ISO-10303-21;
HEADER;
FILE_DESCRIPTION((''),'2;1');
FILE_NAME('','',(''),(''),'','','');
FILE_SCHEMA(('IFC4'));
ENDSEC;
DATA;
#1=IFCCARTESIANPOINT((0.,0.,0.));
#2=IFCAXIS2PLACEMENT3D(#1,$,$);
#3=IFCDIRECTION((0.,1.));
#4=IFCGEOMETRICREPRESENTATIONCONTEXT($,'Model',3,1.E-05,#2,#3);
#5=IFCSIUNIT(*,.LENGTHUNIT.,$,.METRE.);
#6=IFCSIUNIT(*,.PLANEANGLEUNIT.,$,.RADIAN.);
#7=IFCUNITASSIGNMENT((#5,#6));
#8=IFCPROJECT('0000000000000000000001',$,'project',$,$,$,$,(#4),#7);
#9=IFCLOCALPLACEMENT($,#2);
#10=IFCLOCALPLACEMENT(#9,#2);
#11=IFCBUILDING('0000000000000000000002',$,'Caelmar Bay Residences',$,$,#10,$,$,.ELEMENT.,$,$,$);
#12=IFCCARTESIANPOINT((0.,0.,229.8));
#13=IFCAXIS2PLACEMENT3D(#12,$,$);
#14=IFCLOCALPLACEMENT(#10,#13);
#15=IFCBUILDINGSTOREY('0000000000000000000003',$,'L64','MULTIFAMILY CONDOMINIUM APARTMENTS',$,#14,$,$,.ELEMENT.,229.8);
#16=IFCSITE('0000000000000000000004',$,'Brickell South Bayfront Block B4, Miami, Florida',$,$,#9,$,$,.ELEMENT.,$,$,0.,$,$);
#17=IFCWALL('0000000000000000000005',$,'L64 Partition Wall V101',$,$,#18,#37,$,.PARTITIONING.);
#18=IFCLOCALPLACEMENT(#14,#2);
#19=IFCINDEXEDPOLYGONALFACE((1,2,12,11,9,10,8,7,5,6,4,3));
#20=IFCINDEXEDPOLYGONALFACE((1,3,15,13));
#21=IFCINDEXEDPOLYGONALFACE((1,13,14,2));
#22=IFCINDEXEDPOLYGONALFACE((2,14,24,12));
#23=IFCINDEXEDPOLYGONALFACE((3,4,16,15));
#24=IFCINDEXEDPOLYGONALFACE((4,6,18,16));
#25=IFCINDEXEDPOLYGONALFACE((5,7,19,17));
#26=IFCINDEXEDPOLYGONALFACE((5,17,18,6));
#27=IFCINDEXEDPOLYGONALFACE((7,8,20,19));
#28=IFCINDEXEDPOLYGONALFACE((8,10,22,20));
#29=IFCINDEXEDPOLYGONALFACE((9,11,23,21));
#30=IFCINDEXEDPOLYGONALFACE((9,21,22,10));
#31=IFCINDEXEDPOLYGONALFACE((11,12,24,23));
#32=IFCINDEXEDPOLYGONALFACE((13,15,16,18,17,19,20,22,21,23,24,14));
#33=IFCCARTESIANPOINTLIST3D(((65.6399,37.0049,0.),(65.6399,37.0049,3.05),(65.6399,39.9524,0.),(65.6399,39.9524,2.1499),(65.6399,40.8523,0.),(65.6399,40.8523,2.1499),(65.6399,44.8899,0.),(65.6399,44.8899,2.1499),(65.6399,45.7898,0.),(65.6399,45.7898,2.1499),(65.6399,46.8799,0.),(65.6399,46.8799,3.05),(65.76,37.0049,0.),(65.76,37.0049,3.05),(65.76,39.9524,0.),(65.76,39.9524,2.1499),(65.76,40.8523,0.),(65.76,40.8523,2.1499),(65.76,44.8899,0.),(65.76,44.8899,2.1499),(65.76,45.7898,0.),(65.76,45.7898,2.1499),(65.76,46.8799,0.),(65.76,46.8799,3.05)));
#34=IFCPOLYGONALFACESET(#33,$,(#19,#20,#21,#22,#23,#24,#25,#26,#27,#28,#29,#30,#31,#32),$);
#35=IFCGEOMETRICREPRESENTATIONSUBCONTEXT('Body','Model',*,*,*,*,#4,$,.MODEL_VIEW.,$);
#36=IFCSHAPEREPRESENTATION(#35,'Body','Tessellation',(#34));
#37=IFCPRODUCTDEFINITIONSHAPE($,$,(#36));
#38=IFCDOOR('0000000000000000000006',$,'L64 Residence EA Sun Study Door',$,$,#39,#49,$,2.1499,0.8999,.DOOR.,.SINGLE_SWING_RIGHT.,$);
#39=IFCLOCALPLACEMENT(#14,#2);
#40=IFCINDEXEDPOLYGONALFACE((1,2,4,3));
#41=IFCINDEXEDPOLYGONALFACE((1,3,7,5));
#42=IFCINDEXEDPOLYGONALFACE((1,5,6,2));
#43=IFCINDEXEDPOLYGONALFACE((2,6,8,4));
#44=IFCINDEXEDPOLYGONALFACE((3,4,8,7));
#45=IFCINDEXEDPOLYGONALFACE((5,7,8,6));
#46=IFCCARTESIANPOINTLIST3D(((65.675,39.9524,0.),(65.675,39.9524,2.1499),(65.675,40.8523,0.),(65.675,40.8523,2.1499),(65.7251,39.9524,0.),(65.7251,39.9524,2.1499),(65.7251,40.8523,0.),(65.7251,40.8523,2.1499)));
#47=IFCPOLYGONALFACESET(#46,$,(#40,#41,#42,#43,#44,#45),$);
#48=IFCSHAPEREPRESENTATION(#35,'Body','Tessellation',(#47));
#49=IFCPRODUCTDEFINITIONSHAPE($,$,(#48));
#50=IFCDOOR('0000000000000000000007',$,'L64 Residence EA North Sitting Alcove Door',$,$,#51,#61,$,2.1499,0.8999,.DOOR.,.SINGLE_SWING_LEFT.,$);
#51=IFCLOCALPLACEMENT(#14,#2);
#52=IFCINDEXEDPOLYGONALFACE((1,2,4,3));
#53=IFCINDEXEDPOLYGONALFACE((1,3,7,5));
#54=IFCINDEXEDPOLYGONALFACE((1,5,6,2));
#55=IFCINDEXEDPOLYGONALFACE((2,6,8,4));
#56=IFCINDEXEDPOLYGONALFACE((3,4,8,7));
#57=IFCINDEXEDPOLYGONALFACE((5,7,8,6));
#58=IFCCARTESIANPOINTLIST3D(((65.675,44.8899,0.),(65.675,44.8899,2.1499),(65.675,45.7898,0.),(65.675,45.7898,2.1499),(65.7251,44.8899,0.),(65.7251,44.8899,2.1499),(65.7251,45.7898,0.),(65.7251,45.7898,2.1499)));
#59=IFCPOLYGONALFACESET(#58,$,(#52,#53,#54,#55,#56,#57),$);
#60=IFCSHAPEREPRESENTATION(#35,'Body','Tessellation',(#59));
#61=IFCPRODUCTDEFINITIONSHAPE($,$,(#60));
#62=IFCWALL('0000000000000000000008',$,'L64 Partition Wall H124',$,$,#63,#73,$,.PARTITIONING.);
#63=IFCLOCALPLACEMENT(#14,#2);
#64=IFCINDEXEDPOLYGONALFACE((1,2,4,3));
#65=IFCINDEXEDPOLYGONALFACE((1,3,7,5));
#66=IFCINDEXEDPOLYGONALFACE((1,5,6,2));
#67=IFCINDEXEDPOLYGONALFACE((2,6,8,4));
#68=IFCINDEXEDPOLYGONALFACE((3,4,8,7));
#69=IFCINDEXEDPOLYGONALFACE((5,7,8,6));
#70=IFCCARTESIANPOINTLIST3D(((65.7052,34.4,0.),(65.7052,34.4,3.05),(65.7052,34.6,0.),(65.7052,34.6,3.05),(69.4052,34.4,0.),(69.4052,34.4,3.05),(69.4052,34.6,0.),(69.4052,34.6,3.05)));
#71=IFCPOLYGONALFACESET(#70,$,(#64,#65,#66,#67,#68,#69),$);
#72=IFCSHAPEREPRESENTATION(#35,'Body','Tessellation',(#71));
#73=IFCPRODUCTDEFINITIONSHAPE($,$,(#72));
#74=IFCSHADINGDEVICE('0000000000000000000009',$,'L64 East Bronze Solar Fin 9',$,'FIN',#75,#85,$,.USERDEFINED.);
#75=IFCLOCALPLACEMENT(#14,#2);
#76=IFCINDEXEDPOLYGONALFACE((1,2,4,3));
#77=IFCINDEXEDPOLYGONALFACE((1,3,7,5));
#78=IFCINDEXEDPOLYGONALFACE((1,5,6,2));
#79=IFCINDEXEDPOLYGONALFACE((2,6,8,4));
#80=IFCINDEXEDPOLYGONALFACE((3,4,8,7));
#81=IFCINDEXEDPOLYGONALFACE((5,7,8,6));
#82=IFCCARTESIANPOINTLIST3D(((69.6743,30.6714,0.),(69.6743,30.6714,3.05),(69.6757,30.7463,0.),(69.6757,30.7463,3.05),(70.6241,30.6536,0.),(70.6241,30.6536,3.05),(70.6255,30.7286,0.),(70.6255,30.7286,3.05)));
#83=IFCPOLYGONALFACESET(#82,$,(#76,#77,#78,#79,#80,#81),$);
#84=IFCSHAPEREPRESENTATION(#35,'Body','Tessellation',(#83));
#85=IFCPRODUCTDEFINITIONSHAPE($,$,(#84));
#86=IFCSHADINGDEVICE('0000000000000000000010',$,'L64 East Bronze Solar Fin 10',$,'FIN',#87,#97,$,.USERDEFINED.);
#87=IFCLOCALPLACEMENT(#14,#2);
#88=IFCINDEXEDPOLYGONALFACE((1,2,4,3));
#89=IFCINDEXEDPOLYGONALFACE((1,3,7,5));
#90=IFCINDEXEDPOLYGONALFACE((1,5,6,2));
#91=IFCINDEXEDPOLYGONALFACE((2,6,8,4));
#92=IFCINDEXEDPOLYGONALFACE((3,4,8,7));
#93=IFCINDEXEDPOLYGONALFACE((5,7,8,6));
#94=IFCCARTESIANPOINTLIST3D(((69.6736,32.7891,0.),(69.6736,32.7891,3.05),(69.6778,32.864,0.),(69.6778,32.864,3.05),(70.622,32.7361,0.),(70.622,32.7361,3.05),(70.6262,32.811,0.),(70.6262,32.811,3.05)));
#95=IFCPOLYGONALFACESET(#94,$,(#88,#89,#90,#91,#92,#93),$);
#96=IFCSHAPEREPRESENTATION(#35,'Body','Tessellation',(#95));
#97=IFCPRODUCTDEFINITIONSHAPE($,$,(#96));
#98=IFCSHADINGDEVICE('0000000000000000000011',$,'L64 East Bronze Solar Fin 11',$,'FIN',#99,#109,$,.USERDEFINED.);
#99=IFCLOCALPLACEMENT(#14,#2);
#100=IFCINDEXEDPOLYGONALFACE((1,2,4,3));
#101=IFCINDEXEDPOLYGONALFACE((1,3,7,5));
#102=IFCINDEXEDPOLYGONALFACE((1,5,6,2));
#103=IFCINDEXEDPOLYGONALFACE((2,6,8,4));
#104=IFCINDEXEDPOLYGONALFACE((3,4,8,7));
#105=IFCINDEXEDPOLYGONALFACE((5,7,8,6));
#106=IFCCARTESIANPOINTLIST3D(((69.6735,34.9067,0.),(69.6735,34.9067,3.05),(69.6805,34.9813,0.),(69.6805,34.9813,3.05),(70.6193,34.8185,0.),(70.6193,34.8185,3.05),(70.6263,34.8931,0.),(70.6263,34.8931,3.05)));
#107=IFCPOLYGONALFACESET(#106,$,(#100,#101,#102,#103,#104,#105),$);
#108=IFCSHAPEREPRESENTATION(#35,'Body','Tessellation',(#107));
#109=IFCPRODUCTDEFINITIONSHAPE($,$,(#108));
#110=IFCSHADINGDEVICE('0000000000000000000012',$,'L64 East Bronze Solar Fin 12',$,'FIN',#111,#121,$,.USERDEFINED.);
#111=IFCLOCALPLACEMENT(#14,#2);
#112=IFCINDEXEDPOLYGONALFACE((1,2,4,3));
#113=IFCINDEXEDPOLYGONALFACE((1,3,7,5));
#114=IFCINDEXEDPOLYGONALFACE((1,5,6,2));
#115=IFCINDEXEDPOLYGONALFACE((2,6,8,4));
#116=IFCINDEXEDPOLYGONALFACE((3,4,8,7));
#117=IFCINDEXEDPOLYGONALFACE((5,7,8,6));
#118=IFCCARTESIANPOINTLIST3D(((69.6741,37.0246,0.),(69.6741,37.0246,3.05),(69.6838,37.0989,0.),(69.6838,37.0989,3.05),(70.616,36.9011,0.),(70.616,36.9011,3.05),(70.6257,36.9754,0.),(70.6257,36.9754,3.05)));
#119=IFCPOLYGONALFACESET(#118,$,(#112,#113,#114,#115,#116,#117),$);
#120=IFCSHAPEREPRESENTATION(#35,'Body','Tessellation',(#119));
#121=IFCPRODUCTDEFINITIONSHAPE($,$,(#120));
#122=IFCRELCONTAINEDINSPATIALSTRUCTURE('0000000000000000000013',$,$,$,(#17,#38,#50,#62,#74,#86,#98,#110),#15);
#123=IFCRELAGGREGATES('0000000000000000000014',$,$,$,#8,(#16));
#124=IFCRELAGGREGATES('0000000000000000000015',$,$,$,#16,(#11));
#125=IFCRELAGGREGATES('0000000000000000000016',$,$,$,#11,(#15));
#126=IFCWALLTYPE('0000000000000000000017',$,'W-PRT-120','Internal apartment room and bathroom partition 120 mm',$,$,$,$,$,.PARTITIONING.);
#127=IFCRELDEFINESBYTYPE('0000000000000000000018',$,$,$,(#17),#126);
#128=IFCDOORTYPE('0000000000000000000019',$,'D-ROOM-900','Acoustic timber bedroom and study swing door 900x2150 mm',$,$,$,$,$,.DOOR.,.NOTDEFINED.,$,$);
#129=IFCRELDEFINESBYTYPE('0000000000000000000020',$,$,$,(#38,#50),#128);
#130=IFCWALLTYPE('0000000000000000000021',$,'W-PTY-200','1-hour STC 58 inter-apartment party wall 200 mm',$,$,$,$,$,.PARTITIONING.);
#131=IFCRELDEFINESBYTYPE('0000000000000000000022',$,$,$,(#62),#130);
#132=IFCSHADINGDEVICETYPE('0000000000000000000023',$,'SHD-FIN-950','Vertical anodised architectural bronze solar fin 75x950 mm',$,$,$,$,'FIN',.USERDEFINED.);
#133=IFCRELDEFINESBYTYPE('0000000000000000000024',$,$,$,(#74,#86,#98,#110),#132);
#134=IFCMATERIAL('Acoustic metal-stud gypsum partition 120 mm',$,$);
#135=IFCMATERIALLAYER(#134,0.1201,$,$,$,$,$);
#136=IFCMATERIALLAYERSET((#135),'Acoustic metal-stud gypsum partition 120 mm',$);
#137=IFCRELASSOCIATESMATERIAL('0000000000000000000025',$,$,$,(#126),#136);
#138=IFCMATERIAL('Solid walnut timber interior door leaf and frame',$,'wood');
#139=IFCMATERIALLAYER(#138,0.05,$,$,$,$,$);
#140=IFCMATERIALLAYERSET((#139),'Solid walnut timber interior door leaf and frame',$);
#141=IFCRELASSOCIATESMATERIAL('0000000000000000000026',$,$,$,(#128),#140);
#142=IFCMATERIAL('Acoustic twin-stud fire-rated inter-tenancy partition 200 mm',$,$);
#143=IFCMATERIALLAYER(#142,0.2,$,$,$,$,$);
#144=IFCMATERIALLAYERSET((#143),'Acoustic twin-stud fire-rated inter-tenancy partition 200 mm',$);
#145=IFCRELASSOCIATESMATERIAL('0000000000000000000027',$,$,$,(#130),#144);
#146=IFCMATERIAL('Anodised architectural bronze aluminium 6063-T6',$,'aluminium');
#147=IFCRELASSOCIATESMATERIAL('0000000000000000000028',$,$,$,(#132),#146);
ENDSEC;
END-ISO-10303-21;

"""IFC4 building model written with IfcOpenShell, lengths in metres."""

from ifc_helpers import new_model, si_unit, direction, frame, frame_2d, origin, origin_2d, place, context, subcontext, project, spatial, rectangle, extrude, material, layer, layer_set, material_profile, profile_set, type_object, element, fill, save


model = new_model("IFC4")

# Units and contexts
model_context = context("Model", 3, precision=1e-05, world=origin(), true_north=direction((0.0, 1.0)))
body_context = subcontext(model_context, "Body", "Model", "MODEL_VIEW")
ifc_project = project(units=[si_unit("LENGTHUNIT", "METRE"), si_unit("PLANEANGLEUNIT", "RADIAN")], contexts=[model_context])

# Site, building, storey
site_placement = place(None, origin())
site = spatial("IfcSite", under=ifc_project, at=site_placement, Name="Brickell South Bayfront Block B4, Miami, Florida", CompositionType="ELEMENT", RefElevation=0.0)
building_placement = place(site_placement, origin())
building = spatial("IfcBuilding", under=site, at=building_placement, Name="Caelmar Bay Residences", CompositionType="ELEMENT")
storey_placement = place(building_placement, frame((0.0, 0.0, 229.8)))
storey = spatial("IfcBuildingStorey", under=building, at=storey_placement, Name="L64", Description="MULTIFAMILY CONDOMINIUM APARTMENTS", CompositionType="ELEMENT", Elevation=229.8)

# Shared definitions
ifc_material_1 = material(Name="Acoustic metal-stud gypsum partition 120 mm")
ifc_layer_1 = layer(ifc_material_1, 0.1201)
ifc_layer_set_1 = layer_set([ifc_layer_1], Name="Acoustic metal-stud gypsum partition 120 mm")
wall_type_1 = type_object("IfcWallType", Name="W-PRT-120", Description="Internal apartment room and bathroom partition 120 mm", PredefinedType="PARTITIONING", material=ifc_layer_set_1)
ifc_material_2 = material(Name="Solid walnut timber interior door leaf and frame", Category="wood")

# Wall, openings, doors
wall_1_placement = place(storey_placement, frame((65.7, 37.0049, 0.0), z_axis=(0.0, 0.0, 1.0), x_axis=(0.0, 1.0, 0.0)))
wall_1 = element("IfcWall", 1, at=wall_1_placement, inside=storey, type_object=wall_type_1, Name="L64 Partition Wall V101", PredefinedType="PARTITIONING", context=body_context, shape_type="SweptSolid", body=[
    extrude(rectangle(XDim=9.875, YDim=0.1201, at=frame_2d((4.9375, 0.0))), origin(), (0.0, 0.0, 1.0), 3.05),
])
opening_1_placement = place(wall_1_placement, frame((2.9475, 0.0, 0.0)))
opening_1 = element("IfcOpeningElement", 2, at=opening_1_placement, cuts=wall_1, PredefinedType="OPENING", context=body_context, shape_type="SweptSolid", body=[
    extrude(rectangle(XDim=0.8999, YDim=2.1499, at=frame_2d((0.45, 1.075))), frame((0.0, 0.0701, 0.0), z_axis=(0.0, -1.0, 0.0), x_axis=(1.0, 0.0, 0.0)), (0.0, 0.0, 1.0), 0.1401),
])
opening_2_placement = place(wall_1_placement, frame((7.885, 0.0, 0.0)))
opening_2 = element("IfcOpeningElement", 3, at=opening_2_placement, cuts=wall_1, PredefinedType="OPENING", context=body_context, shape_type="SweptSolid", body=[
    extrude(rectangle(XDim=0.8999, YDim=2.1499, at=frame_2d((0.45, 1.075))), frame((0.0, 0.0701, 0.0), z_axis=(0.0, -1.0, 0.0), x_axis=(1.0, 0.0, 0.0)), (0.0, 0.0, 1.0), 0.1401),
])
ifc_layer_2 = layer(ifc_material_2, 0.05)
ifc_layer_set_2 = layer_set([ifc_layer_2], Name="Solid walnut timber interior door leaf and frame")
door_type_1 = type_object("IfcDoorType", Name="D-ROOM-900", Description="Acoustic timber bedroom and study swing door 900x2150 mm", OperationType="NOTDEFINED", PredefinedType="DOOR", material=ifc_layer_set_2)
door_1_placement = place(opening_1_placement, origin())
door_1 = element("IfcDoor", 4, at=door_1_placement, inside=storey, type_object=door_type_1, Name="L64 Residence EA Sun Study Door", OperationType="SINGLE_SWING_RIGHT", OverallHeight=2.1499, OverallWidth=0.8999, PredefinedType="DOOR", context=body_context, shape_type="SweptSolid", body=[
    extrude(rectangle(XDim=0.8999, YDim=2.1499, at=frame_2d((0.45, 1.075))), frame((0.0, 0.0249, 0.0), z_axis=(0.0, -1.0, 0.0), x_axis=(1.0, 0.0, 0.0)), (0.0, 0.0, 1.0), 0.05),
])
fill(opening_1, door_1)
door_2_placement = place(opening_2_placement, origin())
door_2 = element("IfcDoor", 5, at=door_2_placement, inside=storey, type_object=door_type_1, Name="L64 Residence EA North Sitting Alcove Door", OperationType="SINGLE_SWING_LEFT", OverallHeight=2.1499, OverallWidth=0.8999, PredefinedType="DOOR", context=body_context, shape_type="SweptSolid", body=[
    extrude(rectangle(XDim=0.8999, YDim=2.1499, at=frame_2d((0.45, 1.075))), frame((0.0, 0.0249, 0.0), z_axis=(0.0, -1.0, 0.0), x_axis=(1.0, 0.0, 0.0)), (0.0, 0.0, 1.0), 0.05),
])
fill(opening_2, door_2)

# Wall
ifc_material_3 = material(Name="Acoustic twin-stud fire-rated inter-tenancy partition 200 mm")
ifc_layer_3 = layer(ifc_material_3, 0.2)
ifc_layer_set_3 = layer_set([ifc_layer_3], Name="Acoustic twin-stud fire-rated inter-tenancy partition 200 mm")
wall_type_2 = type_object("IfcWallType", Name="W-PTY-200", Description="1-hour STC 58 inter-apartment party wall 200 mm", PredefinedType="PARTITIONING", material=ifc_layer_set_3)
wall_2_placement = place(storey_placement, frame((65.7051, 34.5, 0.0), z_axis=(0.0, 0.0, 1.0), x_axis=(1.0, 0.0, 0.0)))
element("IfcWall", 6, at=wall_2_placement, inside=storey, type_object=wall_type_2, Name="L64 Partition Wall H124", PredefinedType="PARTITIONING", context=body_context, shape_type="SweptSolid", body=[
    extrude(rectangle(XDim=3.7, YDim=0.2, at=frame_2d((1.8501, 0.0))), origin(), (0.0, 0.0, 1.0), 3.05),
])

# Shading devices
ifc_material_4 = material(Name="Anodised architectural bronze aluminium 6063-T6", Category="aluminium")
ifc_material_profile_1 = material_profile(ifc_material_4, rectangle(XDim=0.075, YDim=0.95, at=origin_2d()), Name="BRONZE-FIN-75X950")
ifc_profile_set_1 = profile_set([ifc_material_profile_1], Name="Anodised architectural bronze aluminium 6063-T6")
shading_device_type = type_object("IfcShadingDeviceType", Name="SHD-FIN-950", Description="Vertical anodised architectural bronze solar fin 75x950 mm", ElementType="FIN", PredefinedType="USERDEFINED", material=ifc_profile_set_1)
for number, where, z_axis, x_axis, name in (
    (7, (70.1499, 30.7, 0.0), (0.0, 0.0, 1.0), (0.018674, 0.999826, 0.0), "L64 East Bronze Solar Fin 9"),
    (8, (70.1499, 32.8, 0.0), (0.0, 0.0, 1.0), (0.055822, 0.998441, 0.0), "L64 East Bronze Solar Fin 10"),
    (9, (70.1499, 34.8999, 0.0), (0.0, 0.0, 1.0), (0.092892, 0.995676, 0.0), "L64 East Bronze Solar Fin 11"),
    (10, (70.1499, 37.0, 0.0), (0.0, 0.0, 1.0), (0.130007, 0.991513, 0.0), "L64 East Bronze Solar Fin 12"),
):
    element("IfcShadingDevice", number, at=place(storey_placement, frame(where, z_axis=z_axis, x_axis=x_axis)), inside=storey, type_object=shading_device_type, Name=name, ObjectType="FIN", PredefinedType="USERDEFINED", context=body_context, shape_type="SweptSolid", body=[
        extrude(rectangle(XDim=0.075, YDim=0.95, at=origin_2d()), origin(), (0.0, 0.0, 1.0), 3.05),
    ])

save(model, "model.ifc")
